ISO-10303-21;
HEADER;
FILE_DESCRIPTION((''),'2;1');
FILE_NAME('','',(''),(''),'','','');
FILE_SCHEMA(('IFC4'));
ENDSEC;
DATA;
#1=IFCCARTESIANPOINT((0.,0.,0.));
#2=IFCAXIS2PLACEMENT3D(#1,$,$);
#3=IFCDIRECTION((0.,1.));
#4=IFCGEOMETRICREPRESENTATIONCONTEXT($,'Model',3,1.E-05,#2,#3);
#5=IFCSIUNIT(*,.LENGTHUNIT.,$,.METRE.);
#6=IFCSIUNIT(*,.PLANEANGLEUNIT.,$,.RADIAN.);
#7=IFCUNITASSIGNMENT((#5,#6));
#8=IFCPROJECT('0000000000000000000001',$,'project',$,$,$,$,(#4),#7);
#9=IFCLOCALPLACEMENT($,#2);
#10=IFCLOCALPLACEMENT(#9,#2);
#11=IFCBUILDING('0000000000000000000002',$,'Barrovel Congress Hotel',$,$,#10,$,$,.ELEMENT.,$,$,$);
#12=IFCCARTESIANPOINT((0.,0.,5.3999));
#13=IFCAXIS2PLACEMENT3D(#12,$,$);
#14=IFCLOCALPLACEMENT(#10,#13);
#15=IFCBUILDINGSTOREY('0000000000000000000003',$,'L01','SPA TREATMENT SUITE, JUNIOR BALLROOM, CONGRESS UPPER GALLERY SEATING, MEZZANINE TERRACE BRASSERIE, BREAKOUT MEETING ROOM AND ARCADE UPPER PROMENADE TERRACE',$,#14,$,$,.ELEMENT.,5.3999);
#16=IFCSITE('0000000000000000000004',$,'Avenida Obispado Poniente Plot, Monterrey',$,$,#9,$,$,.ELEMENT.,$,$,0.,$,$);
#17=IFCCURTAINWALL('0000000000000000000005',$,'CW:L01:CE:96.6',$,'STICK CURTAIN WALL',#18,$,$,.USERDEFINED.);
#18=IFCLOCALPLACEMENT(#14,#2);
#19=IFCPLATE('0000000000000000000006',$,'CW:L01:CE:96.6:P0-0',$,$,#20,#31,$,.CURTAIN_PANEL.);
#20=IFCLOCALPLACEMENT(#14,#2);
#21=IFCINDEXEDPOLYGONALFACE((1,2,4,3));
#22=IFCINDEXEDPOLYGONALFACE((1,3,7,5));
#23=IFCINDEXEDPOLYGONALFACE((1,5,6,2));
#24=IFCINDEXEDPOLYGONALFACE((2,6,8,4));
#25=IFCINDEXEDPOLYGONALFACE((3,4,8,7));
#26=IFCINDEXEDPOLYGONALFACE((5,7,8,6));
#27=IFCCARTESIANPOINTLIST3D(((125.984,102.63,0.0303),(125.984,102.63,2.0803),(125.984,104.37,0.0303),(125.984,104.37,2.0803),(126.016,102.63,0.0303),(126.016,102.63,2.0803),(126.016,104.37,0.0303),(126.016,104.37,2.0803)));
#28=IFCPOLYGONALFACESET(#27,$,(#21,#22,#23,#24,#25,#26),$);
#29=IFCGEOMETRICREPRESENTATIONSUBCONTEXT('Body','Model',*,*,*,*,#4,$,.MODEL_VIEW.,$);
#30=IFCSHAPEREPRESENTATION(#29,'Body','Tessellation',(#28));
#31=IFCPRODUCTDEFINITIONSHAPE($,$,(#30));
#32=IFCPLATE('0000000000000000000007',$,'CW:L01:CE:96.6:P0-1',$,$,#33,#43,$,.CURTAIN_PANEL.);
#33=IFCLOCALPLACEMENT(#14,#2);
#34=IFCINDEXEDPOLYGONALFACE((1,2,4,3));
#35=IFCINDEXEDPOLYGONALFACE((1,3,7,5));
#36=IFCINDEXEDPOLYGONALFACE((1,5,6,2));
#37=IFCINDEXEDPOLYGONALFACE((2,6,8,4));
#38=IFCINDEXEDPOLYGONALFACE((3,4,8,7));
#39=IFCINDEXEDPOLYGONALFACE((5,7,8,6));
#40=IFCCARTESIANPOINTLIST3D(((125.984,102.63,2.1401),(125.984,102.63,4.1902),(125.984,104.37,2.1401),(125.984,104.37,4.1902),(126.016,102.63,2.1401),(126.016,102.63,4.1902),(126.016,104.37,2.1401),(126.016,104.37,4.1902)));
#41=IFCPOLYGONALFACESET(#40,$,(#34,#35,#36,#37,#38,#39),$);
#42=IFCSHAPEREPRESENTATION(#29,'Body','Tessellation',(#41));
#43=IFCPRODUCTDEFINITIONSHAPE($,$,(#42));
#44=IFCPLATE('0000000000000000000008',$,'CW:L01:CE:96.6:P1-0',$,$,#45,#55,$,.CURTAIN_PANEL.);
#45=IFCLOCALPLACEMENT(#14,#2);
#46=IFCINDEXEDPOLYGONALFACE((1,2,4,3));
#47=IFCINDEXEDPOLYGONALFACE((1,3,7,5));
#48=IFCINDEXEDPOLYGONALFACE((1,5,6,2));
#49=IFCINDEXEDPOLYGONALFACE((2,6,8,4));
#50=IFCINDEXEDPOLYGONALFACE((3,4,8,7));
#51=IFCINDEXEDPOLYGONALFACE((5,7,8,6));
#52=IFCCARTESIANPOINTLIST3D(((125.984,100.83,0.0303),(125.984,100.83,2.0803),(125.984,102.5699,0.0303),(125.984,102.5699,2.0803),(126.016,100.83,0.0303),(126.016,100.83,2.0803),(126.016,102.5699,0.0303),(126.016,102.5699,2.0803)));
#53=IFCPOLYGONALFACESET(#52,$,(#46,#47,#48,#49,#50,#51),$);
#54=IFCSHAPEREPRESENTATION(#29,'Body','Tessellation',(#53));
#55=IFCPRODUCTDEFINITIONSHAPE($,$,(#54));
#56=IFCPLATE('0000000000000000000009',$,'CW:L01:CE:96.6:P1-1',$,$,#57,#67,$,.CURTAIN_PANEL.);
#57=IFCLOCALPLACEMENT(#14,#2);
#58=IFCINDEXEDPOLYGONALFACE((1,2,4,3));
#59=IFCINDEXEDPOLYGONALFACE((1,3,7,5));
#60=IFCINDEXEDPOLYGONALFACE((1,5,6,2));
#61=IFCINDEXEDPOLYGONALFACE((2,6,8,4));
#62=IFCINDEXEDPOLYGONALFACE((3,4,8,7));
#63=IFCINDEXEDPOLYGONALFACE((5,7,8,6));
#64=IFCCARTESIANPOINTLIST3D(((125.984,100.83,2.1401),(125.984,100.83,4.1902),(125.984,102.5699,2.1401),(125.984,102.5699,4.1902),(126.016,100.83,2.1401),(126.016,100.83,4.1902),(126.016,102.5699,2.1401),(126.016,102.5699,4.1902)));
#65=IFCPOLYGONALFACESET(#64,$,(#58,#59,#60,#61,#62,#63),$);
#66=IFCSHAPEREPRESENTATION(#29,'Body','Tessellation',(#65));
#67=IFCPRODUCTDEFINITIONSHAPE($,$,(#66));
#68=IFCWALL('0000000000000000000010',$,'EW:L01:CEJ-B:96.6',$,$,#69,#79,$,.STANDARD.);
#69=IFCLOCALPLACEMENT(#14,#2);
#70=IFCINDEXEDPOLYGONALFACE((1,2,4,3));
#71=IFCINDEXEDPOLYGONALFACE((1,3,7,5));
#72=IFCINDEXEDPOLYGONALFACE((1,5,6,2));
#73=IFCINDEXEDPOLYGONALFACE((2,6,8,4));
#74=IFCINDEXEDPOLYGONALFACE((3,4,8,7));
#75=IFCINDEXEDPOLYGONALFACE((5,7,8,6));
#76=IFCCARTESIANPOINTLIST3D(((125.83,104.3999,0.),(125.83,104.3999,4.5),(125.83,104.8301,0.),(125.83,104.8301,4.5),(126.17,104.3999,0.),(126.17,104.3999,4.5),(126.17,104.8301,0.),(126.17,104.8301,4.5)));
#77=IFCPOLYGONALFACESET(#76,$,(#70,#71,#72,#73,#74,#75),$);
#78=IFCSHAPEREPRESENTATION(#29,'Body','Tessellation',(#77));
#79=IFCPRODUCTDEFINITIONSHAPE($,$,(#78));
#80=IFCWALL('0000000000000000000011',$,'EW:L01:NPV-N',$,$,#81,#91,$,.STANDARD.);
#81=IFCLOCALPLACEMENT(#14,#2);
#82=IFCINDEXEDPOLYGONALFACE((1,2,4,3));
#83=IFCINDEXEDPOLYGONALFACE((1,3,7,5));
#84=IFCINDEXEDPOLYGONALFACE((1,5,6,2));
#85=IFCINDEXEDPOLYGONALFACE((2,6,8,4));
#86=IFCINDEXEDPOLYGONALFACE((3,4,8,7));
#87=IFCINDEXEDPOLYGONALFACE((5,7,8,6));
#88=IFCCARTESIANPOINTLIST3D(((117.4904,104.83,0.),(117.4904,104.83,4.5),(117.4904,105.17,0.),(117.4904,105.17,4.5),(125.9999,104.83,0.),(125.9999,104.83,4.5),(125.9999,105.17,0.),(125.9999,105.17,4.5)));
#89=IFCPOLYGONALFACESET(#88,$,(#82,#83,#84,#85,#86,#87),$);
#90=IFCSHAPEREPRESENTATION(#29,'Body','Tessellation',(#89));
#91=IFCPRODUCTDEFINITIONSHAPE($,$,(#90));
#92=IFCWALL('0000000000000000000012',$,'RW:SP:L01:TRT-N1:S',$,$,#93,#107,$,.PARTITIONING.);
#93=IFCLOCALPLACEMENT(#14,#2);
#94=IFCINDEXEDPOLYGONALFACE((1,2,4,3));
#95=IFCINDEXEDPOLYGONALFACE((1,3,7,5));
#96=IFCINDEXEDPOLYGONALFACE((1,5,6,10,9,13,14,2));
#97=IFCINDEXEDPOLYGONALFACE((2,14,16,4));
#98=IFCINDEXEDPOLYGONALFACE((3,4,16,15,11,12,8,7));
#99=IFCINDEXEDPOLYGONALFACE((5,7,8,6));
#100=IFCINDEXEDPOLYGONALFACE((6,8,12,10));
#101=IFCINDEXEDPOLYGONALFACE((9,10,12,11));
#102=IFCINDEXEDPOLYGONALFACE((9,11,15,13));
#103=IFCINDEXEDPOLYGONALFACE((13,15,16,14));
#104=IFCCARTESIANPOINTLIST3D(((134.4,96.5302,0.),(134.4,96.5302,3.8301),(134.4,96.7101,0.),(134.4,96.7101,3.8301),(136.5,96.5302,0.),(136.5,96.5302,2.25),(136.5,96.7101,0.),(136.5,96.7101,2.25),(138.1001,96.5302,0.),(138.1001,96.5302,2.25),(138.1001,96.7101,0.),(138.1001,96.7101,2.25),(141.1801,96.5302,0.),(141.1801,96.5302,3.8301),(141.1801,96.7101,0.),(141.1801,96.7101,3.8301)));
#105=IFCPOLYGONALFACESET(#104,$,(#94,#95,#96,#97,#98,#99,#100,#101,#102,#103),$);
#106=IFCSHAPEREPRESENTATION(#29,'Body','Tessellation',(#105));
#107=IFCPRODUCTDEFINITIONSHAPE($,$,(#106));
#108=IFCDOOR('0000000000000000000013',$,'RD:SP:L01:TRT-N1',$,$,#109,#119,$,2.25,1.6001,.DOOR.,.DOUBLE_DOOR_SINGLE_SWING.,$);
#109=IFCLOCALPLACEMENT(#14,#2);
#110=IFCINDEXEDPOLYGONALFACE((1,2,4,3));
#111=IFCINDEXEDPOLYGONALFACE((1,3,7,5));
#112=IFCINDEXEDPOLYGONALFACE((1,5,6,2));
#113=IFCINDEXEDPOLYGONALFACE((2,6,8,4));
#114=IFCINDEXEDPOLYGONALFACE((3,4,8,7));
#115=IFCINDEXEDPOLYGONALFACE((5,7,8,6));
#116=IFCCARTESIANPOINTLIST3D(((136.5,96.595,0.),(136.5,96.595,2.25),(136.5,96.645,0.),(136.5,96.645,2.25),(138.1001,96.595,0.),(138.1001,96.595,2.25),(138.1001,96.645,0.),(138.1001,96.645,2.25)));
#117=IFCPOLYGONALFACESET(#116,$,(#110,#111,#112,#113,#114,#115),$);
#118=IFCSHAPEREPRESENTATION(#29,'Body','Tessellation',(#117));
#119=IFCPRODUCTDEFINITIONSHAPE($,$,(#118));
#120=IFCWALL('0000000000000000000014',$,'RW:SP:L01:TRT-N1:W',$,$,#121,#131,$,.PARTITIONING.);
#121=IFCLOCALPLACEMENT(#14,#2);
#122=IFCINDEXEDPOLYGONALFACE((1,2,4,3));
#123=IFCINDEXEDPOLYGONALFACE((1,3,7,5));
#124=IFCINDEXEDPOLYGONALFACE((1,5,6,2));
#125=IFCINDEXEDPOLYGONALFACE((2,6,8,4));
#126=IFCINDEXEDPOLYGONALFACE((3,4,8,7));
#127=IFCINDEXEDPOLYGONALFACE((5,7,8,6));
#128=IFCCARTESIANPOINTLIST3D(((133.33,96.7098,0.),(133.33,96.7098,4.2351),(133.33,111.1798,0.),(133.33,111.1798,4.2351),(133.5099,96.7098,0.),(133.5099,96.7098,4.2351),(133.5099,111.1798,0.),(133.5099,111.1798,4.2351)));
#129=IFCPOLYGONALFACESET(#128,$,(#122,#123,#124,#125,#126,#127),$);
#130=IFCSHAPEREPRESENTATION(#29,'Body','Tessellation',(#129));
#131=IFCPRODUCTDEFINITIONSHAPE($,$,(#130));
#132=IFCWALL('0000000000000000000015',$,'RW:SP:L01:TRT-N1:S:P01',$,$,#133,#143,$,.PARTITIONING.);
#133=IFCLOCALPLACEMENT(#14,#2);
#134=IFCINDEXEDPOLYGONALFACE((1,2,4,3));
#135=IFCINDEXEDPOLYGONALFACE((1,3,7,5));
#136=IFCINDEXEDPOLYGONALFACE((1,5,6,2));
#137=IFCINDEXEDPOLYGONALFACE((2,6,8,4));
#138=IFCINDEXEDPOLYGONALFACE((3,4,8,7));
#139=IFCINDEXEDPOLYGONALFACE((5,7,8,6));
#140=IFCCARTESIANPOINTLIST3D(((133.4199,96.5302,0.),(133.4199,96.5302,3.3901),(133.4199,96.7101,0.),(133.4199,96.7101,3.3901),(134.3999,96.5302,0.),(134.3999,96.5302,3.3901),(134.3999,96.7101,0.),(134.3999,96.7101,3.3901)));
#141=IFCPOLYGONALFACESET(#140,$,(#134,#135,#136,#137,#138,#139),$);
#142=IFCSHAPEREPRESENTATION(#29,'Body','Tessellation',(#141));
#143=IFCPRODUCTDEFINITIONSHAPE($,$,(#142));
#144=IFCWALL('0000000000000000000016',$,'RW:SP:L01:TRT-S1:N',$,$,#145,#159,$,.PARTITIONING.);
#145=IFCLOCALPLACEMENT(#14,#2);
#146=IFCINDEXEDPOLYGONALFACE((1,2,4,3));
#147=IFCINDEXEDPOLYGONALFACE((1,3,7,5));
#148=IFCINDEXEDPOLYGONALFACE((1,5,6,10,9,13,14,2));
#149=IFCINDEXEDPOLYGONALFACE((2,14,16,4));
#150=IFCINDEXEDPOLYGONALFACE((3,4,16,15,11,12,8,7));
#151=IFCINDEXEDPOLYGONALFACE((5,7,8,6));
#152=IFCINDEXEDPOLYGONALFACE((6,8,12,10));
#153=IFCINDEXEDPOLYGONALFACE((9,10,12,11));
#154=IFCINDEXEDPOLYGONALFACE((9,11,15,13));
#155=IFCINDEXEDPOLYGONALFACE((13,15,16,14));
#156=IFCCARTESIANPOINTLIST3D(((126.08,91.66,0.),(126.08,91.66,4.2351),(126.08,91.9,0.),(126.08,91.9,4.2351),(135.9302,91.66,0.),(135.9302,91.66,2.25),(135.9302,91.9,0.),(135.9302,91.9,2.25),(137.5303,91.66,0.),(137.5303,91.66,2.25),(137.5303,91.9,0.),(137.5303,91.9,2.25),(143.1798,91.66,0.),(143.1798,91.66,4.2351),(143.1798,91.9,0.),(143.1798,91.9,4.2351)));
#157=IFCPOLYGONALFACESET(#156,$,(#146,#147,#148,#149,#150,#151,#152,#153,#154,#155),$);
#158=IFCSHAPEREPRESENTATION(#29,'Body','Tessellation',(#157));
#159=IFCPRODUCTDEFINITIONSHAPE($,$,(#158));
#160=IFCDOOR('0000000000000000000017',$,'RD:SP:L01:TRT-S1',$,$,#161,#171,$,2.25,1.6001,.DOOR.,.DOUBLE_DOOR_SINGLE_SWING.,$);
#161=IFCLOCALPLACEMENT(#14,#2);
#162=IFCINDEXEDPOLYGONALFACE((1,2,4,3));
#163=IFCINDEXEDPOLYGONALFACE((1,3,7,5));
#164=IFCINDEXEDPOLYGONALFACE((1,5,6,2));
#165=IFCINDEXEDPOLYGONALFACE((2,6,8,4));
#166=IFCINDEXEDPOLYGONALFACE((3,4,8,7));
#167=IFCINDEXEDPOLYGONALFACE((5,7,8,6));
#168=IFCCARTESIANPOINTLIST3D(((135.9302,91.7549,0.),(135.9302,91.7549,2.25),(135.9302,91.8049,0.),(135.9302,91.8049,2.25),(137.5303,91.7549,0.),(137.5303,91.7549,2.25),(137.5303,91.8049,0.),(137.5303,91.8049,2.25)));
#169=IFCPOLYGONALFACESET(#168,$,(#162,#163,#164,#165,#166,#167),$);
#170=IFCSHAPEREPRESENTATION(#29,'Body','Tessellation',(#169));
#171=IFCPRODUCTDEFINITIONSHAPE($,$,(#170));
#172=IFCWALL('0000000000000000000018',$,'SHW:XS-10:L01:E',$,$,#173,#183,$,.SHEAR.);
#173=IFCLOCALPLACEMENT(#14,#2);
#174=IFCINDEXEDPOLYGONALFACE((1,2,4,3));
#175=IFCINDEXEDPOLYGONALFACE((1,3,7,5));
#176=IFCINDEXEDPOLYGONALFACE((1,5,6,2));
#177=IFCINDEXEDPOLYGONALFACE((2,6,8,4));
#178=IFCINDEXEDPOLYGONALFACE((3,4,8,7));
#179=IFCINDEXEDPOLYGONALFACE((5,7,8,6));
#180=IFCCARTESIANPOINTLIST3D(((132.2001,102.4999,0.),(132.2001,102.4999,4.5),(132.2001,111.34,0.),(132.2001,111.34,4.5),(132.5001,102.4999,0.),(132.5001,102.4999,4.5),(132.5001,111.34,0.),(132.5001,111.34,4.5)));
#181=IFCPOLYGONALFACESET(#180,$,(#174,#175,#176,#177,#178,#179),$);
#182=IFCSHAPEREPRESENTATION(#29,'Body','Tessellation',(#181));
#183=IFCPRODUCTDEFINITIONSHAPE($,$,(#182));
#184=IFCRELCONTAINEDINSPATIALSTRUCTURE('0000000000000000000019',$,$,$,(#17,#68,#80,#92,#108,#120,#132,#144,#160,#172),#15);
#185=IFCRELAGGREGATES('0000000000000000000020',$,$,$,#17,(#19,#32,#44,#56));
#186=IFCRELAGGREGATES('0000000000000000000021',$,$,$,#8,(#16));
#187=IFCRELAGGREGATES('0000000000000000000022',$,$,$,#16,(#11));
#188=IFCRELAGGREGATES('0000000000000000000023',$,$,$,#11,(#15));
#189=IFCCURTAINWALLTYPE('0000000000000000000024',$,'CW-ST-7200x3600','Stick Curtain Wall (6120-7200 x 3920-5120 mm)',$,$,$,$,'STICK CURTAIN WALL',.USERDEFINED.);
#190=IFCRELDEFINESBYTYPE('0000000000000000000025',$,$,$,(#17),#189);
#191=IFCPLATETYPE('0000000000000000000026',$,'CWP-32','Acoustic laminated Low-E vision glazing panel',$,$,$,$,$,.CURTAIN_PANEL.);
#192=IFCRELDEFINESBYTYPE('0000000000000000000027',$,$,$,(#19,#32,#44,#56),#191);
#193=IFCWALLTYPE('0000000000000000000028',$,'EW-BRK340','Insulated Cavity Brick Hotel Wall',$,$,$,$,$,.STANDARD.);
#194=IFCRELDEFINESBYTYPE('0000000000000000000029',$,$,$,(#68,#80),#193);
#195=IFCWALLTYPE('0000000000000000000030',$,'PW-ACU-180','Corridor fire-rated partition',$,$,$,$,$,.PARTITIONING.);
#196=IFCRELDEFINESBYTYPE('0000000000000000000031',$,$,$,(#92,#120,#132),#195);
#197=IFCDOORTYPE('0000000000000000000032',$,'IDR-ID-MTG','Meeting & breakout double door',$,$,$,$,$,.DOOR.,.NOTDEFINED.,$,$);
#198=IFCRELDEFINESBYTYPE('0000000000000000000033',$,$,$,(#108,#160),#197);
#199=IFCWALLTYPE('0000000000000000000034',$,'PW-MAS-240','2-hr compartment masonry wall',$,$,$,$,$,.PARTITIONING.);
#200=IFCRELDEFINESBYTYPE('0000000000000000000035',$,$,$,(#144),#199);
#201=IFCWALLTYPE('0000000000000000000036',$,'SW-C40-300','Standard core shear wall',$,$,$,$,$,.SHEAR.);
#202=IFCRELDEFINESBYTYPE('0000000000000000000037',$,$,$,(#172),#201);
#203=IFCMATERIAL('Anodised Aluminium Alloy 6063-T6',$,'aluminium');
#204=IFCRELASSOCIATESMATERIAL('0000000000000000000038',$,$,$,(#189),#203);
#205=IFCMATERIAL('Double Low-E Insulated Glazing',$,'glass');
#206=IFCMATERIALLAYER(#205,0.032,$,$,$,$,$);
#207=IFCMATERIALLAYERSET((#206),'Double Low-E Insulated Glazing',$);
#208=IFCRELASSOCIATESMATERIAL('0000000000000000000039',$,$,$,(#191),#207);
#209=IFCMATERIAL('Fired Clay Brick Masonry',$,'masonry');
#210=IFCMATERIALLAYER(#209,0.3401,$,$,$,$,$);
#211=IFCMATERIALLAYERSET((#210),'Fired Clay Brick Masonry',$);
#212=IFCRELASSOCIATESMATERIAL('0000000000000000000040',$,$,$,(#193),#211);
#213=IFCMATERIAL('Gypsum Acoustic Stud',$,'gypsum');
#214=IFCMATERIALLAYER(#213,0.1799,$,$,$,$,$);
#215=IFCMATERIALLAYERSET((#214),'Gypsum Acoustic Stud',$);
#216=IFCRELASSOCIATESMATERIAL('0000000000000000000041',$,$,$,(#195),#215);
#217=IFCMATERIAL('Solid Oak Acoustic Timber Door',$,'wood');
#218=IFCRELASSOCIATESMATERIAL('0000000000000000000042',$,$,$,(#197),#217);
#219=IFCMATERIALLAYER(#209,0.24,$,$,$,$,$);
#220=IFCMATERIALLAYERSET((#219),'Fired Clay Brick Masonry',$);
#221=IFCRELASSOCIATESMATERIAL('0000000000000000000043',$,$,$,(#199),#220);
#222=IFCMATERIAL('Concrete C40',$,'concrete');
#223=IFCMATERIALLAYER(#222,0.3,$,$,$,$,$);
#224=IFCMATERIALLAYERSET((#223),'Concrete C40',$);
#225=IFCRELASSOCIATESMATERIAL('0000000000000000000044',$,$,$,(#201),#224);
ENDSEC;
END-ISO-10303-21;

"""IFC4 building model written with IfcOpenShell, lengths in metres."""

from ifc_helpers import new_model, si_unit, direction, frame, frame_2d, origin, origin_2d, place, context, subcontext, project, spatial, rectangle, extrude, material, layer, layer_set, type_object, element, fill, aggregate, save


model = new_model("IFC4")

# Units and contexts
model_context = context("Model", 3, precision=1e-05, world=origin(), true_north=direction((0.0, 1.0)))
body_context = subcontext(model_context, "Body", "Model", "MODEL_VIEW")
ifc_project = project(units=[si_unit("LENGTHUNIT", "METRE"), si_unit("PLANEANGLEUNIT", "RADIAN")], contexts=[model_context])

# Site, building, storey
site_placement = place(None, origin())
site = spatial("IfcSite", under=ifc_project, at=site_placement, Name="Avenida Obispado Poniente Plot, Monterrey", CompositionType="ELEMENT", RefElevation=0.0)
building_placement = place(site_placement, origin())
building = spatial("IfcBuilding", under=site, at=building_placement, Name="Barrovel Congress Hotel", CompositionType="ELEMENT")
storey_placement = place(building_placement, frame((0.0, 0.0, 5.3999)))
storey = spatial("IfcBuildingStorey", under=building, at=storey_placement, Name="L01", Description="SPA TREATMENT SUITE, JUNIOR BALLROOM, CONGRESS UPPER GALLERY SEATING, MEZZANINE TERRACE BRASSERIE, BREAKOUT MEETING ROOM AND ARCADE UPPER PROMENADE TERRACE", CompositionType="ELEMENT", Elevation=5.3999)

# Shared definitions
ifc_material_1 = material(Name="Concrete C40", Category="concrete")

# Curtain wall
ifc_material_2 = material(Name="Anodised Aluminium Alloy 6063-T6", Category="aluminium")
curtain_wall_type = type_object("IfcCurtainWallType", Name="CW-ST-7200x3600", Description="Stick Curtain Wall (6120-7200 x 3920-5120 mm)", ElementType="STICK CURTAIN WALL", PredefinedType="USERDEFINED", material=ifc_material_2)
curtain_wall_placement = place(storey_placement, origin())
curtain_wall = element("IfcCurtainWall", 1, at=curtain_wall_placement, inside=storey, type_object=curtain_wall_type, Name="CW:L01:CE:96.6", ObjectType="STICK CURTAIN WALL", PredefinedType="USERDEFINED")

# Plates
ifc_material_3 = material(Name="Double Low-E Insulated Glazing", Category="glass")
ifc_layer_1 = layer(ifc_material_3, 0.032)
ifc_layer_set_1 = layer_set([ifc_layer_1], Name="Double Low-E Insulated Glazing")
plate_type = type_object("IfcPlateType", Name="CWP-32", Description="Acoustic laminated Low-E vision glazing panel", PredefinedType="CURTAIN_PANEL", material=ifc_layer_set_1)
plate_1_placement = place(storey_placement, frame((126.0, 103.5, 0.0303), z_axis=(0.0, 0.0, 1.0), x_axis=(0.0, -1.0, 0.0)))
plate_1 = element("IfcPlate", 2, at=plate_1_placement, type_object=plate_type, Name="CW:L01:CE:96.6:P0-0", PredefinedType="CURTAIN_PANEL", context=body_context, shape_type="SweptSolid", body=[
    extrude(rectangle(XDim=1.74, YDim=0.032, at=origin_2d()), origin(), (0.0, 0.0, 1.0), 2.05),
])
plate_2_placement = place(storey_placement, frame((126.0, 103.5, 2.1401), z_axis=(0.0, 0.0, 1.0), x_axis=(0.0, -1.0, 0.0)))
plate_2 = element("IfcPlate", 3, at=plate_2_placement, type_object=plate_type, Name="CW:L01:CE:96.6:P0-1", PredefinedType="CURTAIN_PANEL", context=body_context, shape_type="SweptSolid", body=[
    extrude(rectangle(XDim=1.74, YDim=0.032, at=origin_2d()), origin(), (0.0, 0.0, 1.0), 2.05),
])
plate_3_placement = place(storey_placement, frame((126.0, 101.7, 0.0303), z_axis=(0.0, 0.0, 1.0), x_axis=(0.0, -1.0, 0.0)))
plate_3 = element("IfcPlate", 4, at=plate_3_placement, type_object=plate_type, Name="CW:L01:CE:96.6:P1-0", PredefinedType="CURTAIN_PANEL", context=body_context, shape_type="SweptSolid", body=[
    extrude(rectangle(XDim=1.74, YDim=0.032, at=origin_2d()), origin(), (0.0, 0.0, 1.0), 2.05),
])
plate_4_placement = place(storey_placement, frame((126.0, 101.7, 2.1401), z_axis=(0.0, 0.0, 1.0), x_axis=(0.0, -1.0, 0.0)))
plate_4 = element("IfcPlate", 5, at=plate_4_placement, type_object=plate_type, Name="CW:L01:CE:96.6:P1-1", PredefinedType="CURTAIN_PANEL", context=body_context, shape_type="SweptSolid", body=[
    extrude(rectangle(XDim=1.74, YDim=0.032, at=origin_2d()), origin(), (0.0, 0.0, 1.0), 2.05),
])
aggregate(curtain_wall, [plate_1, plate_2, plate_3, plate_4])

# Walls
ifc_material_4 = material(Name="Fired Clay Brick Masonry", Category="masonry")
ifc_layer_2 = layer(ifc_material_4, 0.3401)
ifc_layer_set_2 = layer_set([ifc_layer_2], Name="Fired Clay Brick Masonry")
wall_type_1 = type_object("IfcWallType", Name="EW-BRK340", Description="Insulated Cavity Brick Hotel Wall", PredefinedType="STANDARD", material=ifc_layer_set_2)
wall_1_placement = place(storey_placement, frame((126.0, 104.8301, 0.0), z_axis=(0.0, 0.0, 1.0), x_axis=(0.0, -1.0, 0.0)))
element("IfcWall", 6, at=wall_1_placement, inside=storey, type_object=wall_type_1, Name="EW:L01:CEJ-B:96.6", PredefinedType="STANDARD", context=body_context, shape_type="SweptSolid", body=[
    extrude(rectangle(XDim=0.4302, YDim=0.3401, at=frame_2d((0.2151, 0.0))), origin(), (0.0, 0.0, 1.0), 4.5),
])
wall_2_placement = place(storey_placement, frame((126.0, 105.0, 0.0), z_axis=(0.0, 0.0, 1.0), x_axis=(-1.0, 0.0, 0.0)))
element("IfcWall", 7, at=wall_2_placement, inside=storey, type_object=wall_type_1, Name="EW:L01:NPV-N", PredefinedType="STANDARD", context=body_context, shape_type="SweptSolid", body=[
    extrude(rectangle(XDim=8.5095, YDim=0.3401, at=frame_2d((4.2549, 0.0))), origin(), (0.0, 0.0, 1.0), 4.5),
])

# Wall, opening, door
ifc_material_5 = material(Name="Gypsum Acoustic Stud", Category="gypsum")
ifc_layer_3 = layer(ifc_material_5, 0.1799)
ifc_layer_set_3 = layer_set([ifc_layer_3], Name="Gypsum Acoustic Stud")
wall_type_2 = type_object("IfcWallType", Name="PW-ACU-180", Description="Corridor fire-rated partition", PredefinedType="PARTITIONING", material=ifc_layer_set_3)
wall_3_placement = place(storey_placement, frame((134.3999, 96.6201, 0.0), z_axis=(0.0, 0.0, 1.0), x_axis=(1.0, 0.0, 0.0)))
wall_3 = element("IfcWall", 8, at=wall_3_placement, inside=storey, type_object=wall_type_2, Name="RW:SP:L01:TRT-N1:S", PredefinedType="PARTITIONING", context=body_context, shape_type="SweptSolid", body=[
    extrude(rectangle(XDim=6.78, YDim=0.1799, at=frame_2d((3.3901, 0.0))), origin(), (0.0, 0.0, 1.0), 3.8301),
])
opening_1_placement = place(wall_3_placement, frame((2.1001, 0.0, 0.0)))
opening_1 = element("IfcOpeningElement", 9, at=opening_1_placement, cuts=wall_3, PredefinedType="OPENING", context=body_context, shape_type="SweptSolid", body=[
    extrude(rectangle(XDim=1.6001, YDim=2.25, at=frame_2d((0.8, 1.125))), frame((0.0, 0.1001, 0.0), z_axis=(0.0, -1.0, 0.0), x_axis=(1.0, 0.0, 0.0)), (0.0, 0.0, 1.0), 0.2),
])
ifc_material_6 = material(Name="Solid Oak Acoustic Timber Door", Category="wood")
door_type_1 = type_object("IfcDoorType", Name="IDR-ID-MTG", Description="Meeting & breakout double door", OperationType="NOTDEFINED", PredefinedType="DOOR", material=ifc_material_6)
door_1_placement = place(opening_1_placement, origin())
door_1 = element("IfcDoor", 10, at=door_1_placement, inside=storey, type_object=door_type_1, Name="RD:SP:L01:TRT-N1", OperationType="DOUBLE_DOOR_SINGLE_SWING", OverallHeight=2.25, OverallWidth=1.6001, PredefinedType="DOOR", context=body_context, shape_type="SweptSolid", body=[
    extrude(rectangle(XDim=1.6001, YDim=2.25, at=frame_2d((0.8, 1.125))), frame((0.0, 0.0249, 0.0), z_axis=(0.0, -1.0, 0.0), x_axis=(1.0, 0.0, 0.0)), (0.0, 0.0, 1.0), 0.05),
])
fill(opening_1, door_1)

# Walls
wall_4_placement = place(storey_placement, frame((133.4199, 96.71, 0.0), z_axis=(0.0, 0.0, 1.0), x_axis=(0.0, 1.0, 0.0)))
element("IfcWall", 11, at=wall_4_placement, inside=storey, type_object=wall_type_2, Name="RW:SP:L01:TRT-N1:W", PredefinedType="PARTITIONING", context=body_context, shape_type="SweptSolid", body=[
    extrude(rectangle(XDim=14.47, YDim=0.1799, at=frame_2d((7.2349, 0.0))), origin(), (0.0, 0.0, 1.0), 4.2351),
])
wall_5_placement = place(storey_placement, frame((133.4199, 96.6201, 0.0), z_axis=(0.0, 0.0, 1.0), x_axis=(1.0, 0.0, 0.0)))
element("IfcWall", 12, at=wall_5_placement, inside=storey, type_object=wall_type_2, Name="RW:SP:L01:TRT-N1:S:P01", PredefinedType="PARTITIONING", context=body_context, shape_type="SweptSolid", body=[
    extrude(rectangle(XDim=0.98, YDim=0.1799, at=frame_2d((0.49, 0.0))), origin(), (0.0, 0.0, 1.0), 3.3901),
])

# Wall, opening, door
ifc_layer_4 = layer(ifc_material_4, 0.24)
ifc_layer_set_4 = layer_set([ifc_layer_4], Name="Fired Clay Brick Masonry")
wall_type_3 = type_object("IfcWallType", Name="PW-MAS-240", Description="2-hr compartment masonry wall", PredefinedType="PARTITIONING", material=ifc_layer_set_4)
wall_6_placement = place(storey_placement, frame((126.0801, 91.78, 0.0), z_axis=(0.0, 0.0, 1.0), x_axis=(1.0, 0.0, 0.0)))
wall_6 = element("IfcWall", 13, at=wall_6_placement, inside=storey, type_object=wall_type_3, Name="RW:SP:L01:TRT-S1:N", PredefinedType="PARTITIONING", context=body_context, shape_type="SweptSolid", body=[
    extrude(rectangle(XDim=17.0999, YDim=0.24, at=frame_2d((8.5498, 0.0))), origin(), (0.0, 0.0, 1.0), 4.2351),
])
opening_2_placement = place(wall_6_placement, frame((9.8501, 0.0, 0.0)))
opening_2 = element("IfcOpeningElement", 14, at=opening_2_placement, cuts=wall_6, PredefinedType="OPENING", context=body_context, shape_type="SweptSolid", body=[
    extrude(rectangle(XDim=1.6001, YDim=2.25, at=frame_2d((0.8, 1.125))), frame((0.0, 0.1299, 0.0), z_axis=(0.0, -1.0, 0.0), x_axis=(1.0, 0.0, 0.0)), (0.0, 0.0, 1.0), 0.26),
])
door_2_placement = place(opening_2_placement, origin())
door_2 = element("IfcDoor", 15, at=door_2_placement, inside=storey, type_object=door_type_1, Name="RD:SP:L01:TRT-S1", OperationType="DOUBLE_DOOR_SINGLE_SWING", OverallHeight=2.25, OverallWidth=1.6001, PredefinedType="DOOR", context=body_context, shape_type="SweptSolid", body=[
    extrude(rectangle(XDim=1.6001, YDim=2.25, at=frame_2d((0.8, 1.125))), frame((0.0, 0.0249, 0.0), z_axis=(0.0, -1.0, 0.0), x_axis=(1.0, 0.0, 0.0)), (0.0, 0.0, 1.0), 0.05),
])
fill(opening_2, door_2)
ifc_layer_5 = layer(ifc_material_1, 0.3)
ifc_layer_set_5 = layer_set([ifc_layer_5], Name="Concrete C40")
wall_type_4 = type_object("IfcWallType", Name="SW-C40-300", Description="Standard core shear wall", PredefinedType="SHEAR", material=ifc_layer_set_5)

# Wall
wall_7_placement = place(storey_placement, frame((132.3501, 102.5, 0.0), z_axis=(0.0, 0.0, 1.0), x_axis=(0.0, 1.0, 0.0)))
element("IfcWall", 16, at=wall_7_placement, inside=storey, type_object=wall_type_4, Name="SHW:XS-10:L01:E", PredefinedType="SHEAR", context=body_context, shape_type="SweptSolid", body=[
    extrude(rectangle(XDim=8.8401, YDim=0.3, at=frame_2d((4.4199, 0.0))), origin(), (0.0, 0.0, 1.0), 4.5),
])

save(model, "model.ifc")
